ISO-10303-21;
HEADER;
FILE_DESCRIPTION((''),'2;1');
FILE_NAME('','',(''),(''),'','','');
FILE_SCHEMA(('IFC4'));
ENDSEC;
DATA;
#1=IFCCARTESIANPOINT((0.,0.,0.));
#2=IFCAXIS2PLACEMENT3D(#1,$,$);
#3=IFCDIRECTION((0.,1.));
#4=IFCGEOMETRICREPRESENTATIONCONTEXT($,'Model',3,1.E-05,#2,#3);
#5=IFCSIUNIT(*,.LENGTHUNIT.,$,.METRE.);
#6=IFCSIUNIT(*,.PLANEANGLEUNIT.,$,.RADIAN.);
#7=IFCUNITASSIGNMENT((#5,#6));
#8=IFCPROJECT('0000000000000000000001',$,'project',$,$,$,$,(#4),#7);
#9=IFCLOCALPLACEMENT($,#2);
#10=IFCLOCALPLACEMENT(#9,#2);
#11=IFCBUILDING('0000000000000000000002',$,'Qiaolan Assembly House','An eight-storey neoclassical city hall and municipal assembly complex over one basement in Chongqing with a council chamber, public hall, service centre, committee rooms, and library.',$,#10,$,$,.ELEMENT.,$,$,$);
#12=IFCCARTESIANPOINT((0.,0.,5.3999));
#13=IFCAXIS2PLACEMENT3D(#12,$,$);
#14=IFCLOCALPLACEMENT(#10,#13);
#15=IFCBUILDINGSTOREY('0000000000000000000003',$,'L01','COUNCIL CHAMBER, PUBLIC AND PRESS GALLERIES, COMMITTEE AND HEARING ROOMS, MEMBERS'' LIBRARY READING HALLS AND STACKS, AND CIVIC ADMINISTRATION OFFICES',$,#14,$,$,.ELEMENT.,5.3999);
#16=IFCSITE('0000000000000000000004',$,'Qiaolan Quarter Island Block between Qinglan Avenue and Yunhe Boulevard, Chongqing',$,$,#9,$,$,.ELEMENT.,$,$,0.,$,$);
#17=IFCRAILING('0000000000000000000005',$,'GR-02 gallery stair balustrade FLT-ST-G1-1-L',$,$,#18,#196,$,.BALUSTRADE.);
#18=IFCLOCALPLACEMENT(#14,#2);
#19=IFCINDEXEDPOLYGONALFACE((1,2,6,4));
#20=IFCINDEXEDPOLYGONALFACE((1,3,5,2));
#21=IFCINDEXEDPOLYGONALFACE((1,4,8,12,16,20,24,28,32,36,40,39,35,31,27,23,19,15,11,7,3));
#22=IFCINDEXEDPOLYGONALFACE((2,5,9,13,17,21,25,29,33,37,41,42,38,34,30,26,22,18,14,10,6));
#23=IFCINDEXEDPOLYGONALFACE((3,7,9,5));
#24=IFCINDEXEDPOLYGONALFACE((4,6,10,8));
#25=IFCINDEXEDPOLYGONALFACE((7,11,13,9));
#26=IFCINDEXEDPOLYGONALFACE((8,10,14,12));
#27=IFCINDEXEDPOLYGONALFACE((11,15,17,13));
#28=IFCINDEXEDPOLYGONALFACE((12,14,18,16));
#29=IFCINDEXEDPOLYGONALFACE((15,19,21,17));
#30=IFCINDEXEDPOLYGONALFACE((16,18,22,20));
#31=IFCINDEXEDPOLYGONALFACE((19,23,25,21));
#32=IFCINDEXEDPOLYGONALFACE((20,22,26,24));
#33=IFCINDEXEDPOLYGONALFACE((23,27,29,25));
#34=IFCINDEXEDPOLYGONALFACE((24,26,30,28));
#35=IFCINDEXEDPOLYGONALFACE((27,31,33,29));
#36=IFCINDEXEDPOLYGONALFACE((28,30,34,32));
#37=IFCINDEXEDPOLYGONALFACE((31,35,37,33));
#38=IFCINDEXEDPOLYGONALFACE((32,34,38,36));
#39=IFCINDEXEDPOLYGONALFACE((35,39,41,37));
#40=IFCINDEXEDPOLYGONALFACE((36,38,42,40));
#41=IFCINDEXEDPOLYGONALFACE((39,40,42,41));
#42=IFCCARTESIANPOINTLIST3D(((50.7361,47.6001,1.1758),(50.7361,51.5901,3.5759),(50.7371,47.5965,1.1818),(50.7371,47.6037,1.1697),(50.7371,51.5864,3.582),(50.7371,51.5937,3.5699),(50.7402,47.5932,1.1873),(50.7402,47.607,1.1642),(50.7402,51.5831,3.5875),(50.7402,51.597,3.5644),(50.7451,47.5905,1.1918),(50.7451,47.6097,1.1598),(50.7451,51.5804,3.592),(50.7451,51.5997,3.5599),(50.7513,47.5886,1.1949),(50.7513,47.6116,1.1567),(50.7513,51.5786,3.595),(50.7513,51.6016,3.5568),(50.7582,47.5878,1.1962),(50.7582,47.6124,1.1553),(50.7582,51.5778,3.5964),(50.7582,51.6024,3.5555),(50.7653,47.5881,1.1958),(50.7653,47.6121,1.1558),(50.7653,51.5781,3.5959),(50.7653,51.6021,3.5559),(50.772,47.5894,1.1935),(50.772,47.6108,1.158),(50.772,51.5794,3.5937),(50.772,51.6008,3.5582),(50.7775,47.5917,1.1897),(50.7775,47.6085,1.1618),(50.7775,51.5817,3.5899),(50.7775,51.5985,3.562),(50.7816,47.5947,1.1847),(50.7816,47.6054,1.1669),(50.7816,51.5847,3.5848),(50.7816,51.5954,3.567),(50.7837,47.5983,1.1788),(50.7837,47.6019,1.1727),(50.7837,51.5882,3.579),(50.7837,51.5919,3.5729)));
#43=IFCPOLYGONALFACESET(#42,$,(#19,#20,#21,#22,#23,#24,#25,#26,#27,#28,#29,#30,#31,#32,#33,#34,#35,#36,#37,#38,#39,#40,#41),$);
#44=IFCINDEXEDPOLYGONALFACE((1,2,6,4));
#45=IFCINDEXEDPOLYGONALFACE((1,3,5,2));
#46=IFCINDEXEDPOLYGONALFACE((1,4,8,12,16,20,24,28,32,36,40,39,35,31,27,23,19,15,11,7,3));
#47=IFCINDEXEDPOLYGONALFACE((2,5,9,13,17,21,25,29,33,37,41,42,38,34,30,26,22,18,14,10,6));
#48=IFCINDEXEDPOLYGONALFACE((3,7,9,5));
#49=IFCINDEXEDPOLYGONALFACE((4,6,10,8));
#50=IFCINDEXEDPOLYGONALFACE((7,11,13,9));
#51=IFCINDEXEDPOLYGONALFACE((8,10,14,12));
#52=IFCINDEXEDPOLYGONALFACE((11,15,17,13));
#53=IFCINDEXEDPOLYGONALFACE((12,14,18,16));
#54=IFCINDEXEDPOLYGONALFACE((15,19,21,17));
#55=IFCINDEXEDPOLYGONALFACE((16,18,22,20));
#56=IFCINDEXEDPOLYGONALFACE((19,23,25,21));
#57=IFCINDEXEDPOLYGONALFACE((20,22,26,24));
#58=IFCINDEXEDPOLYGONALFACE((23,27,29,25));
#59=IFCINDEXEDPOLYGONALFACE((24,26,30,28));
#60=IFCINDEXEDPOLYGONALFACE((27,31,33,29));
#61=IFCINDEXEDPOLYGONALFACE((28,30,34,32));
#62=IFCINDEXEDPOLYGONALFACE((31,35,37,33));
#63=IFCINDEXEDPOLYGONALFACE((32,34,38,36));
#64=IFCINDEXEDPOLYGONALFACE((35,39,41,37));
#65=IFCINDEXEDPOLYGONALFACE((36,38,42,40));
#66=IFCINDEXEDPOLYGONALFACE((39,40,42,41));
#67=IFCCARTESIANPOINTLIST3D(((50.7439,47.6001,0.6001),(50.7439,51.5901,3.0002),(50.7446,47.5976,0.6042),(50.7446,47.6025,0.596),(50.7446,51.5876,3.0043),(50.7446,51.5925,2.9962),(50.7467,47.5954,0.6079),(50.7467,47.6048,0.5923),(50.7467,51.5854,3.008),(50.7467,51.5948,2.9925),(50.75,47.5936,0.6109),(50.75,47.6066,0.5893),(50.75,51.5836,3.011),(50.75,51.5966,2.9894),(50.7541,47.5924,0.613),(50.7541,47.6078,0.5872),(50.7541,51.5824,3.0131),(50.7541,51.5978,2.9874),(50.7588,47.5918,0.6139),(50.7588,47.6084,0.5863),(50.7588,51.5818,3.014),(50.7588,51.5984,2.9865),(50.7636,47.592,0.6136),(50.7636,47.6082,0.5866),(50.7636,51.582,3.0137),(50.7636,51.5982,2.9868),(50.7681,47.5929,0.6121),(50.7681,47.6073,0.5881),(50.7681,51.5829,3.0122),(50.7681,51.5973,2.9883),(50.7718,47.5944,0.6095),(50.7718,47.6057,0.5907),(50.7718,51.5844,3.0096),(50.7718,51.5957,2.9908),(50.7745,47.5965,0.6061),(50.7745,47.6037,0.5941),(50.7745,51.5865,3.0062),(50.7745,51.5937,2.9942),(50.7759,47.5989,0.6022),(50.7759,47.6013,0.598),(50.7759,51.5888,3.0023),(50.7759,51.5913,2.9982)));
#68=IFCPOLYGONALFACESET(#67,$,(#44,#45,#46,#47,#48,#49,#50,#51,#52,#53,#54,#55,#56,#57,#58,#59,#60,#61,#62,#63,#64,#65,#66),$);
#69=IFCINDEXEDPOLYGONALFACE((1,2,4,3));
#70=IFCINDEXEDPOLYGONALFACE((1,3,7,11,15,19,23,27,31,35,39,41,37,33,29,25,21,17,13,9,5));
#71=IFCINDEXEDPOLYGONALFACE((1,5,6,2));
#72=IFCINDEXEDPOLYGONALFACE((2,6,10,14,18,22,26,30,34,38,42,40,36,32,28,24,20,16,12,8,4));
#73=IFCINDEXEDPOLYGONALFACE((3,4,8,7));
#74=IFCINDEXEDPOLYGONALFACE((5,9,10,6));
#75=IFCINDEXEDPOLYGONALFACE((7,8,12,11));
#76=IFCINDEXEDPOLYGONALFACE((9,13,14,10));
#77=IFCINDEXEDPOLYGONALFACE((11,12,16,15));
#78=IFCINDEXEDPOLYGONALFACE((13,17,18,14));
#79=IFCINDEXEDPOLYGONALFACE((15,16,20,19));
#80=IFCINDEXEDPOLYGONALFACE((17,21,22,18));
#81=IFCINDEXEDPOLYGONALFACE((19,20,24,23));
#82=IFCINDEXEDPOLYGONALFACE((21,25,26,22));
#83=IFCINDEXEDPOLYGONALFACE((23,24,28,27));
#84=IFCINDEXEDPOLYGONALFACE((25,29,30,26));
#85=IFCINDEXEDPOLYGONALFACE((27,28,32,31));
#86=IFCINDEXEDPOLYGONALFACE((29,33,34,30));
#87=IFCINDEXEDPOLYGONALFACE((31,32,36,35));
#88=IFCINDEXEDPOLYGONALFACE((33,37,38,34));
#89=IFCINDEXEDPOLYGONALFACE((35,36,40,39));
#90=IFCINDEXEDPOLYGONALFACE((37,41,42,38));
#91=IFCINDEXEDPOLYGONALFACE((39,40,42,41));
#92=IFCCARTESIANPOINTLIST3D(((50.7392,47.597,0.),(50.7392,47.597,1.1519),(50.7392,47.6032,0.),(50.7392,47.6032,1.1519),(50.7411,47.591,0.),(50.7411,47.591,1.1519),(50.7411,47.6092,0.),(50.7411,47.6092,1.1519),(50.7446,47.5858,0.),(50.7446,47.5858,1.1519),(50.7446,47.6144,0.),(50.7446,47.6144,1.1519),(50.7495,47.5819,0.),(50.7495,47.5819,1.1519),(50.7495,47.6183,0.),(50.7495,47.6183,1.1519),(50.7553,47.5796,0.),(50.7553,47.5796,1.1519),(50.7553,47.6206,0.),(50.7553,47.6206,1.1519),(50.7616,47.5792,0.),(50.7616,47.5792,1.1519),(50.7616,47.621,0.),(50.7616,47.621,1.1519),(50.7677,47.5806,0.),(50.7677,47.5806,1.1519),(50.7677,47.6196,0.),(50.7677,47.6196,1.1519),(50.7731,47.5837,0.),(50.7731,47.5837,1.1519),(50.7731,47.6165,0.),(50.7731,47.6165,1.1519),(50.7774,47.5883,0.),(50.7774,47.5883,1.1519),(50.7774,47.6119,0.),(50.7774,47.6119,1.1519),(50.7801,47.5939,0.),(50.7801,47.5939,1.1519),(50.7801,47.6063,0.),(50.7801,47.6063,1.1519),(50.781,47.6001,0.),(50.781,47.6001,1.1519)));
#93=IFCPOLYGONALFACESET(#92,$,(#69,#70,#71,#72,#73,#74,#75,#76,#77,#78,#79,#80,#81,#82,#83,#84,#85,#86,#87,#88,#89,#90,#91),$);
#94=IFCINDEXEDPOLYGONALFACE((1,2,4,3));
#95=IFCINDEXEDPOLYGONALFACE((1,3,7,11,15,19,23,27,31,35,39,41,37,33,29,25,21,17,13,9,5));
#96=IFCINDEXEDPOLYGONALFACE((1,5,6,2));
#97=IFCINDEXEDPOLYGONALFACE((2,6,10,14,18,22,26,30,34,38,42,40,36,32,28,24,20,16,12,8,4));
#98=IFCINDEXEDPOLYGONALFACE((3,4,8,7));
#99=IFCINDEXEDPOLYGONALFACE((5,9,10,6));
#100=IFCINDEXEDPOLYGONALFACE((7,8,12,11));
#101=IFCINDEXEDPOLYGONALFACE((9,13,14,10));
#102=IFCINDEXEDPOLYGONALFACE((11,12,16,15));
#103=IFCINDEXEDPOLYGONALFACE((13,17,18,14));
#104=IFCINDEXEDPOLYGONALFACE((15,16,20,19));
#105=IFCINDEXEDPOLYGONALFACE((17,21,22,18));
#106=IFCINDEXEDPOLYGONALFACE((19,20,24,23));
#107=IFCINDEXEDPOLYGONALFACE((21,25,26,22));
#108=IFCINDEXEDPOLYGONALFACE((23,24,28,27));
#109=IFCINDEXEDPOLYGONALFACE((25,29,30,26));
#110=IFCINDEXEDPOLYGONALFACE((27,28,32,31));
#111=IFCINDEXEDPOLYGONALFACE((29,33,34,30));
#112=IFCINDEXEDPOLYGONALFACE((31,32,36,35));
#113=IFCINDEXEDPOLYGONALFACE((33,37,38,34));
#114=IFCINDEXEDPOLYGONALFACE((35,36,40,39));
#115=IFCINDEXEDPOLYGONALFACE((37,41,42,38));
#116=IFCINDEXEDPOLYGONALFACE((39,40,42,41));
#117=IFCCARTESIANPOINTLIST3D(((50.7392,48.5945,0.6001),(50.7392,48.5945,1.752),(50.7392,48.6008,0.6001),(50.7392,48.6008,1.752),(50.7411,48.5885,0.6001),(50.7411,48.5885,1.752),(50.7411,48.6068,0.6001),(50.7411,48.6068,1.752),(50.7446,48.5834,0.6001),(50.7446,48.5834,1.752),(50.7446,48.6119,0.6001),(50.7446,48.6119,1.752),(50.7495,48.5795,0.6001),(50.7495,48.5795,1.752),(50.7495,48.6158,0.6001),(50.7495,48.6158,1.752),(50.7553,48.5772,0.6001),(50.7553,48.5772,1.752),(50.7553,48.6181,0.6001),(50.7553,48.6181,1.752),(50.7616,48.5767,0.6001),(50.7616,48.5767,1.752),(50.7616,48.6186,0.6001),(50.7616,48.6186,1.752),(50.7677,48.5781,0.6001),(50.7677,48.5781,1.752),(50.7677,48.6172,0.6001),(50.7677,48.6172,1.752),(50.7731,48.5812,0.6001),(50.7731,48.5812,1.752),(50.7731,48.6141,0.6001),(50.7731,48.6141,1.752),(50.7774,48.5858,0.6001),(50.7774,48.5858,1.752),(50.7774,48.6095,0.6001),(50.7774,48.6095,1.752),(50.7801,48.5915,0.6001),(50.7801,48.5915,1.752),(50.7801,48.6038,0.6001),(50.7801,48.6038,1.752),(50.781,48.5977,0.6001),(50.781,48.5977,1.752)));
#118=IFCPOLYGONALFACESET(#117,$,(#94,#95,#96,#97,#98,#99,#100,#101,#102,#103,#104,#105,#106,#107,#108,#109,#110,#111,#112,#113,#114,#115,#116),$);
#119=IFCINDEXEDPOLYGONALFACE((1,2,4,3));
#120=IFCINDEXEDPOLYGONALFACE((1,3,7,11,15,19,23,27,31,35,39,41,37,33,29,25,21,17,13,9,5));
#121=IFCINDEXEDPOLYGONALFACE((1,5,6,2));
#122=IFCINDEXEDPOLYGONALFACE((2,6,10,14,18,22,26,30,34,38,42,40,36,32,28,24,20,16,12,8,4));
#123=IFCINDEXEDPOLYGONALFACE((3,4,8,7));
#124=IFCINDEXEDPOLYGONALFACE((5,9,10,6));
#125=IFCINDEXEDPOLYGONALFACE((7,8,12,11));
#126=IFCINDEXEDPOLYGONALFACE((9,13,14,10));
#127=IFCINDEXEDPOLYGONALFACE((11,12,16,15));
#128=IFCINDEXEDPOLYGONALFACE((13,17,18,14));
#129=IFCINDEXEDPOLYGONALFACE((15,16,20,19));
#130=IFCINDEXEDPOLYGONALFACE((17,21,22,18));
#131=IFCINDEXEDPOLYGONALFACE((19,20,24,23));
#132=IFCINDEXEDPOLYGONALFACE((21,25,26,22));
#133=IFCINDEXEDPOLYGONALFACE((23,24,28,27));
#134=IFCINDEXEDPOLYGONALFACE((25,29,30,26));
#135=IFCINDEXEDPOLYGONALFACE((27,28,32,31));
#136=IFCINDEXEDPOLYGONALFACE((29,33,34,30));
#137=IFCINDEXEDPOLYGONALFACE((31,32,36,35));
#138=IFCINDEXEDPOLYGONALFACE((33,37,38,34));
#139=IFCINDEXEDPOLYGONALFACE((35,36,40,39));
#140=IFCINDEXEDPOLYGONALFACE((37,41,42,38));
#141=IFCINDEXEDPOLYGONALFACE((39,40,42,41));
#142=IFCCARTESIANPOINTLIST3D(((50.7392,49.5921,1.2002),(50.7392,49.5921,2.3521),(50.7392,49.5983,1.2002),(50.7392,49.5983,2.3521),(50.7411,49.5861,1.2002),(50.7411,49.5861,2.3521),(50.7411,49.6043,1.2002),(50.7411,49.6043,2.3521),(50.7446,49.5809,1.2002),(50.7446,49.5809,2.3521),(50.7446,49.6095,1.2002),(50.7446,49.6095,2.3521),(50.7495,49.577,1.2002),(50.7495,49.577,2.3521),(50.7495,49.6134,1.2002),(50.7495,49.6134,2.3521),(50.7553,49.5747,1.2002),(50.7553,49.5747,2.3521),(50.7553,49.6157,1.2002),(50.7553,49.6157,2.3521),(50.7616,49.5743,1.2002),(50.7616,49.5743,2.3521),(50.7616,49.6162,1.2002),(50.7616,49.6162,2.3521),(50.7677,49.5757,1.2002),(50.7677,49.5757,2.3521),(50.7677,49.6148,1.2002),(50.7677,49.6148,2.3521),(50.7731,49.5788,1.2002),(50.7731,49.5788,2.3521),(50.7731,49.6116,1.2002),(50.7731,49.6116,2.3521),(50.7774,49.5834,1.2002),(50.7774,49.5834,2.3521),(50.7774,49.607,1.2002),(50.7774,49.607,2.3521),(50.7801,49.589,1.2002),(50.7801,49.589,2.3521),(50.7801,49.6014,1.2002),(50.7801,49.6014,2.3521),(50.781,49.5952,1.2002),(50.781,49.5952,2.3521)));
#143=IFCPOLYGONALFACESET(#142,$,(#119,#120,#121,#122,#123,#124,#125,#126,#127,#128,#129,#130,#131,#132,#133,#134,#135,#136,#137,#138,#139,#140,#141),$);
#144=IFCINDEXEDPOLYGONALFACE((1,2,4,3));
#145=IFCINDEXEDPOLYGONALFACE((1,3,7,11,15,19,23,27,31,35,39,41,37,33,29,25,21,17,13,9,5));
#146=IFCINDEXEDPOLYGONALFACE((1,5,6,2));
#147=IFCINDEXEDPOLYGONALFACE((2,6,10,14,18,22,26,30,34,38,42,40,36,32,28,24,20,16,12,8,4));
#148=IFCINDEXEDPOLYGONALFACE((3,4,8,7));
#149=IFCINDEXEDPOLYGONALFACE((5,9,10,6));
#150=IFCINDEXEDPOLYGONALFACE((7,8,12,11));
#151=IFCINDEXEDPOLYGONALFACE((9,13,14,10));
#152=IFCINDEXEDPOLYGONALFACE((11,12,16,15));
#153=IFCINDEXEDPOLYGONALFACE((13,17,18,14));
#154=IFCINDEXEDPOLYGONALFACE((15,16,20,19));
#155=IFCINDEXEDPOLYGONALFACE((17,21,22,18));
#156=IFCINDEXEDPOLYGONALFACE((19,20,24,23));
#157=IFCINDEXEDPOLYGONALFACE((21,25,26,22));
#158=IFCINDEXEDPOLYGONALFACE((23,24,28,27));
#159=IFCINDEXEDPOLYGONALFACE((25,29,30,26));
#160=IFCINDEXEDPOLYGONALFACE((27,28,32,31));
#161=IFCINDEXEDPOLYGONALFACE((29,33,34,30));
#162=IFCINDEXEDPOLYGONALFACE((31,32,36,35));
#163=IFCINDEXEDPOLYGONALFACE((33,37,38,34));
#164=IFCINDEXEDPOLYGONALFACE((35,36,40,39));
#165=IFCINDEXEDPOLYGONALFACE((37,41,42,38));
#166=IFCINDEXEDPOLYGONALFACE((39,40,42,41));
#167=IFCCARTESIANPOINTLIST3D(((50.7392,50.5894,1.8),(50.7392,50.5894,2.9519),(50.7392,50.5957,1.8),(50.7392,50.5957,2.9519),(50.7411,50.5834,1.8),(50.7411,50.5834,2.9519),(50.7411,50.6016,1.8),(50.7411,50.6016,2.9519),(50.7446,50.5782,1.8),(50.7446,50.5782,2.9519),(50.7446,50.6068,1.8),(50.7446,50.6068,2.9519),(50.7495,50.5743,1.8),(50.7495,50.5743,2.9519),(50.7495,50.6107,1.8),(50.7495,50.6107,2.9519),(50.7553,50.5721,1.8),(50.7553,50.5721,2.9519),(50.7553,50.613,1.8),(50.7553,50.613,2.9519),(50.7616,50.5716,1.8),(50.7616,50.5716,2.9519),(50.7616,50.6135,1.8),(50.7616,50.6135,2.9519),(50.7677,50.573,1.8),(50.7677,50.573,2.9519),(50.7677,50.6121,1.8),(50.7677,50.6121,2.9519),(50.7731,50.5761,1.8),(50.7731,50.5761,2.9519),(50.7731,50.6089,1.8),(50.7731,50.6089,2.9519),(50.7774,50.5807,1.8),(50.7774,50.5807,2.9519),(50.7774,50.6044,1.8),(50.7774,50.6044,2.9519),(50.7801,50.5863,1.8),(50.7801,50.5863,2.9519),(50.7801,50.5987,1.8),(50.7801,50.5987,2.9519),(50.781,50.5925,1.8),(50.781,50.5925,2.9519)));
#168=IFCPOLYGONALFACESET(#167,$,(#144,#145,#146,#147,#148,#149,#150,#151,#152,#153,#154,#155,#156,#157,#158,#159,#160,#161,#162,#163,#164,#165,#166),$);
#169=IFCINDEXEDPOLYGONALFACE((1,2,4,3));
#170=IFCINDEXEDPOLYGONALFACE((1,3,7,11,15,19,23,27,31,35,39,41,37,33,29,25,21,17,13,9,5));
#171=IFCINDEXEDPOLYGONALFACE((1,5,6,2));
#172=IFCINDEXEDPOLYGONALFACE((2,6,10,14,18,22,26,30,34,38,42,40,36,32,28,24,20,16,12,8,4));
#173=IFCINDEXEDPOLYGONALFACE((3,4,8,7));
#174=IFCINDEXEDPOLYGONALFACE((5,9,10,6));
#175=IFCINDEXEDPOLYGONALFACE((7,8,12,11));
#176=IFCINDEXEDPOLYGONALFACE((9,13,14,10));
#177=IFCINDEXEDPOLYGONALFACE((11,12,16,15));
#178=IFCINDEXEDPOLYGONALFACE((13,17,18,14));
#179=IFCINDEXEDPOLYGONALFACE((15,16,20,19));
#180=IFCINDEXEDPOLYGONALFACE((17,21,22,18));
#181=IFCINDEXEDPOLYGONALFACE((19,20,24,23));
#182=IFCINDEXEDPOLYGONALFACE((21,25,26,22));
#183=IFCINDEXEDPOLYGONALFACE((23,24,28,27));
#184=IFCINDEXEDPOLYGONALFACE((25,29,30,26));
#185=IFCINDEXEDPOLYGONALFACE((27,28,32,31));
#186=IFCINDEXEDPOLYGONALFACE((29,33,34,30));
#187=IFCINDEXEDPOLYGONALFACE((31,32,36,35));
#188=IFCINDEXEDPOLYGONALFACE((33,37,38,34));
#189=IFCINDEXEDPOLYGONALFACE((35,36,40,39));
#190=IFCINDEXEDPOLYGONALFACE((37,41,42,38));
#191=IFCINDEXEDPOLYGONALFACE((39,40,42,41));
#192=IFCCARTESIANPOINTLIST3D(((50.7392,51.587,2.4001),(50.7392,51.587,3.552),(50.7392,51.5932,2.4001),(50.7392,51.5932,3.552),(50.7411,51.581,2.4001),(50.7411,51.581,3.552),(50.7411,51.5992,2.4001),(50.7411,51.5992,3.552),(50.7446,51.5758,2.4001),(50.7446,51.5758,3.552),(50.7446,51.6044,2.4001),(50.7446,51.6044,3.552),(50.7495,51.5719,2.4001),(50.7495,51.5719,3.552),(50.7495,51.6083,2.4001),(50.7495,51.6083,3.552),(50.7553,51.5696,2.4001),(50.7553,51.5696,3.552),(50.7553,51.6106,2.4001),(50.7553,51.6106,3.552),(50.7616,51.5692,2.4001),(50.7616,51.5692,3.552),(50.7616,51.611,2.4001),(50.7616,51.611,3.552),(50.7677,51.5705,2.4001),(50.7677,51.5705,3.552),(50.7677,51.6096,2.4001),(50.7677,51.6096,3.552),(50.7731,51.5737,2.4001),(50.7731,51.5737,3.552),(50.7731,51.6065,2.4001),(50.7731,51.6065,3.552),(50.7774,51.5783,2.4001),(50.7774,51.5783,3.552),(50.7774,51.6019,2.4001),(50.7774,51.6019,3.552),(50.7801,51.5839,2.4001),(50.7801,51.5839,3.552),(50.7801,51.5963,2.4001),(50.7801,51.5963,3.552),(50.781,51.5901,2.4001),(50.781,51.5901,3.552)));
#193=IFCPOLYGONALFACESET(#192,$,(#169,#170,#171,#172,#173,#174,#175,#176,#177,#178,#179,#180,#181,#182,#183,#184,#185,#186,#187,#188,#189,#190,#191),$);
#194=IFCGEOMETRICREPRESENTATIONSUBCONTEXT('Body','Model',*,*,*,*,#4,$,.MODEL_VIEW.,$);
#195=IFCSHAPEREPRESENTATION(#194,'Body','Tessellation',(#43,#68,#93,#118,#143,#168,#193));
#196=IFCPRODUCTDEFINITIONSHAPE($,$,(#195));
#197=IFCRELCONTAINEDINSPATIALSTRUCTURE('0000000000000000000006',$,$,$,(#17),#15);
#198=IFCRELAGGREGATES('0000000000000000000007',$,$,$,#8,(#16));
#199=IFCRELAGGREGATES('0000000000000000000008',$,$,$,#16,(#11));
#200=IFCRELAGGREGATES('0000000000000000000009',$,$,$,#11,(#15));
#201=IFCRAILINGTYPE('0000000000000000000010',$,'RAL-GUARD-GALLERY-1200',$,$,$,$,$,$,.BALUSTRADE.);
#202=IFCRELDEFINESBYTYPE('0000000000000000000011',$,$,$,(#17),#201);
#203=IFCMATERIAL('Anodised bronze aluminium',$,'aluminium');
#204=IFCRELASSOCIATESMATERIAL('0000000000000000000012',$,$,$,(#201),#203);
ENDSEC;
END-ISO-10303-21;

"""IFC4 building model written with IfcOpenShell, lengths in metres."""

from ifc_helpers import new_model, si_unit, direction, frame, origin, origin_2d, place, context, subcontext, project, spatial, circle, extrude, material, type_object, element, save


model = new_model("IFC4")

# Units and contexts
model_context = context("Model", 3, precision=1e-05, world=origin(), true_north=direction((0.0, 1.0)))
body_context = subcontext(model_context, "Body", "Model", "MODEL_VIEW")
ifc_project = project(units=[si_unit("LENGTHUNIT", "METRE"), si_unit("PLANEANGLEUNIT", "RADIAN")], contexts=[model_context])

# Site, building, storey
site_placement = place(None, origin())
site = spatial("IfcSite", under=ifc_project, at=site_placement, Name="Qiaolan Quarter Island Block between Qinglan Avenue and Yunhe Boulevard, Chongqing", CompositionType="ELEMENT", RefElevation=0.0)
building_placement = place(site_placement, origin())
building = spatial("IfcBuilding", under=site, at=building_placement, Name="Qiaolan Assembly House", Description="An eight-storey neoclassical city hall and municipal assembly complex over one basement in Chongqing with a council chamber, public hall, service centre, committee rooms, and library.", CompositionType="ELEMENT")
storey_placement = place(building_placement, frame((0.0, 0.0, 5.3999)))
storey = spatial("IfcBuildingStorey", under=building, at=storey_placement, Name="L01", Description="COUNCIL CHAMBER, PUBLIC AND PRESS GALLERIES, COMMITTEE AND HEARING ROOMS, MEMBERS' LIBRARY READING HALLS AND STACKS, AND CIVIC ADMINISTRATION OFFICES", CompositionType="ELEMENT", Elevation=5.3999)

# Shared definitions
ifc_material_1 = material(Name="Anodised bronze aluminium", Category="aluminium")

# Railing
railing_type = type_object("IfcRailingType", Name="RAL-GUARD-GALLERY-1200", PredefinedType="BALUSTRADE", material=ifc_material_1)
for number, where, name in (
    (1, (50.76, 47.6001, 0.0), "GR-02 gallery stair balustrade FLT-ST-G1-1-L"),
):
    element("IfcRailing", number, at=place(storey_placement, frame(where)), inside=storey, type_object=railing_type, Name=name, PredefinedType="BALUSTRADE", context=body_context, shape_type="SweptSolid", body=[
        extrude(circle(Radius=0.0239, at=origin_2d()), frame((0.0, 0.0, 1.1758), z_axis=(0.0, 0.856909, 0.515467), x_axis=(-1.0, 0.0, 0.0)), (0.0, 0.0, 1.0), 4.6562),
        extrude(circle(Radius=0.0161, at=origin_2d()), frame((0.0, 0.0, 0.6001), z_axis=(0.0, 0.856909, 0.515467), x_axis=(-1.0, 0.0, 0.0)), (0.0, 0.0, 1.0), 4.6562),
        extrude(circle(Radius=0.021, at=origin_2d()), origin(), (0.0, 0.0, 1.0), 1.1519),
        extrude(circle(Radius=0.021, at=origin_2d()), frame((0.0, 0.9976, 0.6001)), (0.0, 0.0, 1.0), 1.1519),
        extrude(circle(Radius=0.021, at=origin_2d()), frame((0.0, 1.9951, 1.2002)), (0.0, 0.0, 1.0), 1.1519),
        extrude(circle(Radius=0.021, at=origin_2d()), frame((0.0, 2.9924, 1.8)), (0.0, 0.0, 1.0), 1.1519),
        extrude(circle(Radius=0.021, at=origin_2d()), frame((0.0, 3.99, 2.4001)), (0.0, 0.0, 1.0), 1.1519),
    ])

save(model, "model.ifc")
